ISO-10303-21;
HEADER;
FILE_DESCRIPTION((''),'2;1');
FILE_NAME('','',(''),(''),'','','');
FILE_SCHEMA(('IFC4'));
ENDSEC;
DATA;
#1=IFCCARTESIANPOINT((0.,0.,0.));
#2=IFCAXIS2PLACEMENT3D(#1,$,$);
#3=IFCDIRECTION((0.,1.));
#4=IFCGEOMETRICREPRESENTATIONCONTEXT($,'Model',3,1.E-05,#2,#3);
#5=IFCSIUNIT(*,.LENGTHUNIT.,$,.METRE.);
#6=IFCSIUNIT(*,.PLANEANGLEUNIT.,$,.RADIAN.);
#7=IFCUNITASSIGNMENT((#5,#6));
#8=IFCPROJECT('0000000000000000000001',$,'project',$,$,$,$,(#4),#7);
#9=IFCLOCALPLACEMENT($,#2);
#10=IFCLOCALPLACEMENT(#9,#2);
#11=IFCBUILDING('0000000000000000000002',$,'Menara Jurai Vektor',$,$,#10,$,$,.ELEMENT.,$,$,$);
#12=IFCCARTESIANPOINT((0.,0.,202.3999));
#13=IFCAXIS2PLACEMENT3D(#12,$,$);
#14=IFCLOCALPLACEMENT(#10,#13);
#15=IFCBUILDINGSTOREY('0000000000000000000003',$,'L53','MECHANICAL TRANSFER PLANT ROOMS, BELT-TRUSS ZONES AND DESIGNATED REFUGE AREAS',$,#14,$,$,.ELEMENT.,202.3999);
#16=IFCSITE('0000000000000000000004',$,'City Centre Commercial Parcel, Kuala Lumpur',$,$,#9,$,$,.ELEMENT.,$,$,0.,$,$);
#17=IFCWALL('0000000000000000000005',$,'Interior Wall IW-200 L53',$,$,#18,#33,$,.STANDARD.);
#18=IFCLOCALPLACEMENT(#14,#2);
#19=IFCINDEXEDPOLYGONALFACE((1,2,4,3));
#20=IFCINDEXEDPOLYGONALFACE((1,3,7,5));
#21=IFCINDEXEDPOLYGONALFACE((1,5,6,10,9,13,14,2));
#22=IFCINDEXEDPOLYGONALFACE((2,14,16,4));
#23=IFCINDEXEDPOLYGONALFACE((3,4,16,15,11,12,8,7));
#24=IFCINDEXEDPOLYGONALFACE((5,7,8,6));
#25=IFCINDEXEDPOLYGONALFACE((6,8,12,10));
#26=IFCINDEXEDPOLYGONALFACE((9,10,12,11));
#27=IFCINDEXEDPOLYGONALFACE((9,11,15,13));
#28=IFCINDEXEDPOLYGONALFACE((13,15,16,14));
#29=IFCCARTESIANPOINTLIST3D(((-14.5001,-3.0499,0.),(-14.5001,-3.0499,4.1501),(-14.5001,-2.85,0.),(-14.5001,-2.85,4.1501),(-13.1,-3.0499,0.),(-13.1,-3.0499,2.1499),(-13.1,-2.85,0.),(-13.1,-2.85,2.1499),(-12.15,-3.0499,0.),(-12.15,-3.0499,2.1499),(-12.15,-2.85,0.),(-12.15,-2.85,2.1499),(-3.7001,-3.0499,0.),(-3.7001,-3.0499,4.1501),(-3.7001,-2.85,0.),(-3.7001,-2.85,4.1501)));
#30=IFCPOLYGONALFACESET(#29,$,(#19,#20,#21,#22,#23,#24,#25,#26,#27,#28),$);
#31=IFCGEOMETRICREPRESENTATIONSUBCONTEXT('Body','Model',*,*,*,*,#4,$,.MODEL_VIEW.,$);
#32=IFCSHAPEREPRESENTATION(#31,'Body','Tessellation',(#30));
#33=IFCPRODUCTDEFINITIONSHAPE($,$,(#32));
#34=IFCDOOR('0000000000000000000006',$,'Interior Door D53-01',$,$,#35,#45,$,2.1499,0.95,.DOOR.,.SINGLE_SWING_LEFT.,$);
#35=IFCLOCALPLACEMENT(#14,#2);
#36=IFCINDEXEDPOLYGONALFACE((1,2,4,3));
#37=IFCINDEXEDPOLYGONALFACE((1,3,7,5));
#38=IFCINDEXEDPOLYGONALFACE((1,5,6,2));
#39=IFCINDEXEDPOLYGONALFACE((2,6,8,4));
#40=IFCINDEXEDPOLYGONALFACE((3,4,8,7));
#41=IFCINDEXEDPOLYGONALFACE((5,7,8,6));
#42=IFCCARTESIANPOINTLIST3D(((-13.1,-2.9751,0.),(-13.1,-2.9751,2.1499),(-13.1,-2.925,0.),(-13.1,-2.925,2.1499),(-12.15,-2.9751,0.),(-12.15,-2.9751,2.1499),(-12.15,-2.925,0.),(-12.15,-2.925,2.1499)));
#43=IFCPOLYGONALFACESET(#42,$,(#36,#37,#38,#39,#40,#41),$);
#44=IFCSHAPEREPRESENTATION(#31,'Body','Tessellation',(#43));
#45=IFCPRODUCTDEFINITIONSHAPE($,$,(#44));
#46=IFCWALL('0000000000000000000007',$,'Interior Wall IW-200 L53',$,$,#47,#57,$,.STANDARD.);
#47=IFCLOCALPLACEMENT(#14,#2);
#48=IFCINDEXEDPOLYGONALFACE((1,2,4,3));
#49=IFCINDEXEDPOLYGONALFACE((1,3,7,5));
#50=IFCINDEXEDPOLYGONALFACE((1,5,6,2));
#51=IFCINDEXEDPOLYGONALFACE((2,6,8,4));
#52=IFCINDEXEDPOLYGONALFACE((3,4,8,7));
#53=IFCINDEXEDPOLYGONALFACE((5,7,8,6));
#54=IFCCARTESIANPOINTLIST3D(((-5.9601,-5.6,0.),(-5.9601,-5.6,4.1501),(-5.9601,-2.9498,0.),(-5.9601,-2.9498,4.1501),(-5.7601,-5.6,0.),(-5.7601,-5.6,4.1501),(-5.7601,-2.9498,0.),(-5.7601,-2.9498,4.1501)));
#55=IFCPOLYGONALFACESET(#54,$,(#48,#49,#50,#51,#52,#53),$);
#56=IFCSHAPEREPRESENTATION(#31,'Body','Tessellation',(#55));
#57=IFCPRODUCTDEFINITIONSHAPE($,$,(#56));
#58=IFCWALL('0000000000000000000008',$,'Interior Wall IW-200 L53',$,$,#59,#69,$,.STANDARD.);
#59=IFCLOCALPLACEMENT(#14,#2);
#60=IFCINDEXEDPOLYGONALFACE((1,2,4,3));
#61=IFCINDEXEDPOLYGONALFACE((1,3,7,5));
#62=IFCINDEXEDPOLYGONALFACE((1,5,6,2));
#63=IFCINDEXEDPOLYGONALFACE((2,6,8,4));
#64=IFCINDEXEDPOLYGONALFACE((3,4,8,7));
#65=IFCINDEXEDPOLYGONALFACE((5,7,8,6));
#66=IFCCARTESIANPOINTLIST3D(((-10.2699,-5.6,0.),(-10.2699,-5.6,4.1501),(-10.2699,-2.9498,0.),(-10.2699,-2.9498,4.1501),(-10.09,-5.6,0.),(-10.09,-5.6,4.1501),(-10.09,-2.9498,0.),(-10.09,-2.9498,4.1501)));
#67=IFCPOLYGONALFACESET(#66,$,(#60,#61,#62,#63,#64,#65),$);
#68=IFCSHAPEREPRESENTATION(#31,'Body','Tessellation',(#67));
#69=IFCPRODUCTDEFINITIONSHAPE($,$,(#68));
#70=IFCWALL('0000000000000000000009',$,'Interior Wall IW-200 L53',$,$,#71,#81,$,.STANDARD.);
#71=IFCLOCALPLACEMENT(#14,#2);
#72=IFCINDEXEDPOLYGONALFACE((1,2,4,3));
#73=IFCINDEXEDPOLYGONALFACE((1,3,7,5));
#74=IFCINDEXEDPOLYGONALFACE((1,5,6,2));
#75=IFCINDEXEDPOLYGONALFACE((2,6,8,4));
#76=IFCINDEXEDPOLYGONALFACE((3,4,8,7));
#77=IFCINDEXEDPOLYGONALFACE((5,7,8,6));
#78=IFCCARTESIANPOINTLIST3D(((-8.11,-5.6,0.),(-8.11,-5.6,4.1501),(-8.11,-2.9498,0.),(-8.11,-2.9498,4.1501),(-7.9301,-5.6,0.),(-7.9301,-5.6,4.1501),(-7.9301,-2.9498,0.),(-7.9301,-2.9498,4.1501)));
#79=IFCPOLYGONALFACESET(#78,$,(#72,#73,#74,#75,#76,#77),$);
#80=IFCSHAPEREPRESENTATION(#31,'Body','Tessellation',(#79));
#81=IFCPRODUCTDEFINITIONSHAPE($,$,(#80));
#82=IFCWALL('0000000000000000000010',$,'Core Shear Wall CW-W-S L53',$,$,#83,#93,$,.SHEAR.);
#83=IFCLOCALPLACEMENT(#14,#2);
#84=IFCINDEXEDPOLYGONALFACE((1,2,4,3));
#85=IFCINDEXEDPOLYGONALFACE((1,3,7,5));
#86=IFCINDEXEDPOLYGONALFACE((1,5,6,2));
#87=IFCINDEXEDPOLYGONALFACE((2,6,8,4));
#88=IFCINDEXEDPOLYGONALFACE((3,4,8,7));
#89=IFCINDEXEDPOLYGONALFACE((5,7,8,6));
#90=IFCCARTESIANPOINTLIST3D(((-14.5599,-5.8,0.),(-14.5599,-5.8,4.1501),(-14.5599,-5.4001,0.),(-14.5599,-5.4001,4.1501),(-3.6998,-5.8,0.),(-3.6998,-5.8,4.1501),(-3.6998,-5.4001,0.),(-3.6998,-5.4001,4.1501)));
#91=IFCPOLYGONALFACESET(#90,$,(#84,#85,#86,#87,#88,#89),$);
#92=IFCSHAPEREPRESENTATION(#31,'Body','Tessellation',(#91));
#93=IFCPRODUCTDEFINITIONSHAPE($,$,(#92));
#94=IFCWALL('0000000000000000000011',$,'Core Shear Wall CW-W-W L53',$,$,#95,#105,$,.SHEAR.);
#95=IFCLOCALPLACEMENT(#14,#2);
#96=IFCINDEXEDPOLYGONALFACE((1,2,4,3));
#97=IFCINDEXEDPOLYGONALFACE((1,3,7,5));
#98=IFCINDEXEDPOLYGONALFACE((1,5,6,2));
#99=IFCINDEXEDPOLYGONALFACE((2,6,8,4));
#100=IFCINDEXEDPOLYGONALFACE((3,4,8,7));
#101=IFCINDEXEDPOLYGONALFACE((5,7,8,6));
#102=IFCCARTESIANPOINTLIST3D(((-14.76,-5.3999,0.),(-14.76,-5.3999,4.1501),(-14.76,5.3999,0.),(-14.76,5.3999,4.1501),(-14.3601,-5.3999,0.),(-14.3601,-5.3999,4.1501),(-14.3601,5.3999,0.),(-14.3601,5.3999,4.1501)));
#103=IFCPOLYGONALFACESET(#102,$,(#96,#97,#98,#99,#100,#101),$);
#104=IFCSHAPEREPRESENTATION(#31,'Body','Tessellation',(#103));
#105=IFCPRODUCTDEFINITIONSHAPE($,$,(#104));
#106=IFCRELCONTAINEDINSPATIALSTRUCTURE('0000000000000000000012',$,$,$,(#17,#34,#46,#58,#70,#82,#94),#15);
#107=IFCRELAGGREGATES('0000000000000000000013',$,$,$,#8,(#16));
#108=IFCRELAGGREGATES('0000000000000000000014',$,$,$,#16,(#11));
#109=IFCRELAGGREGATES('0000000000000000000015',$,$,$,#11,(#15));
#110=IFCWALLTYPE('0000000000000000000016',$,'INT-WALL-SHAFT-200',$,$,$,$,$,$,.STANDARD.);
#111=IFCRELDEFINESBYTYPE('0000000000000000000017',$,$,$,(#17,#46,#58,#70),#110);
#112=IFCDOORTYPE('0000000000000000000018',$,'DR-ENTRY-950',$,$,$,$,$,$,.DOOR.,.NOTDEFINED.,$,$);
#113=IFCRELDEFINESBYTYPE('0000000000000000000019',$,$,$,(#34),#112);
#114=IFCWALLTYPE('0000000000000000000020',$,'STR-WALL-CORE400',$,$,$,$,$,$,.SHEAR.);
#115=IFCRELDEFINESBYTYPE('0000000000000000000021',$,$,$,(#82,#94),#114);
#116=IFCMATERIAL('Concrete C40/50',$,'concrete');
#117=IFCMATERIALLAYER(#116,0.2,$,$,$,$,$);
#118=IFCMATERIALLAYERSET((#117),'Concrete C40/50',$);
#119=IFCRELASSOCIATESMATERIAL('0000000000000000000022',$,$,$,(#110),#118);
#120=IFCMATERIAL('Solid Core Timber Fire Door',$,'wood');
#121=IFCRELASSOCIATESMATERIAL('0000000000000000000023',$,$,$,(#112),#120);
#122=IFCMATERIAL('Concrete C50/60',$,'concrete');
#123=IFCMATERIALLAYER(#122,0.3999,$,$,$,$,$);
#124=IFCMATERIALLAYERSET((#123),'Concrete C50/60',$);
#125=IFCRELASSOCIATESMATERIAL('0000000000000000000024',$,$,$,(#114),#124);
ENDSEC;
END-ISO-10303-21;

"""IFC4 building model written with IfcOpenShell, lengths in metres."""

from ifc_helpers import new_model, si_unit, direction, frame, frame_2d, origin, place, context, subcontext, project, spatial, rectangle, extrude, material, layer, layer_set, type_object, element, fill, save


model = new_model("IFC4")

# Units and contexts
model_context = context("Model", 3, precision=1e-05, world=origin(), true_north=direction((0.0, 1.0)))
body_context = subcontext(model_context, "Body", "Model", "MODEL_VIEW")
ifc_project = project(units=[si_unit("LENGTHUNIT", "METRE"), si_unit("PLANEANGLEUNIT", "RADIAN")], contexts=[model_context])

# Site, building, storey
site_placement = place(None, origin())
site = spatial("IfcSite", under=ifc_project, at=site_placement, Name="City Centre Commercial Parcel, Kuala Lumpur", CompositionType="ELEMENT", RefElevation=0.0)
building_placement = place(site_placement, origin())
building = spatial("IfcBuilding", under=site, at=building_placement, Name="Menara Jurai Vektor", CompositionType="ELEMENT")
storey_placement = place(building_placement, frame((0.0, 0.0, 202.3999)))
storey = spatial("IfcBuildingStorey", under=building, at=storey_placement, Name="L53", Description="MECHANICAL TRANSFER PLANT ROOMS, BELT-TRUSS ZONES AND DESIGNATED REFUGE AREAS", CompositionType="ELEMENT", Elevation=202.3999)

# Shared definitions
ifc_material_1 = material(Name="Concrete C50/60", Category="concrete")

# Shared definitions
ifc_material_2 = material(Name="Concrete C40/50", Category="concrete")

# Shared definitions
ifc_layer_1 = layer(ifc_material_2, 0.2)
ifc_layer_set_1 = layer_set([ifc_layer_1], Name="Concrete C40/50")
wall_type_1 = type_object("IfcWallType", Name="INT-WALL-SHAFT-200", PredefinedType="STANDARD", material=ifc_layer_set_1)

# Wall, opening, door
wall_1_placement = place(storey_placement, frame((-14.5, -2.95, 0.0), z_axis=(0.0, 0.0, 1.0), x_axis=(1.0, 0.0, 0.0)))
wall_1 = element("IfcWall", 1, at=wall_1_placement, inside=storey, type_object=wall_type_1, Name="Interior Wall IW-200 L53", PredefinedType="STANDARD", context=body_context, shape_type="SweptSolid", body=[
    extrude(rectangle(XDim=10.8, YDim=0.2, at=frame_2d((5.3999, 0.0))), origin(), (0.0, 0.0, 1.0), 4.1501),
])
opening_1_placement = place(wall_1_placement, frame((1.3999, 0.0, 0.0)))
opening_1 = element("IfcOpeningElement", 2, at=opening_1_placement, cuts=wall_1, PredefinedType="OPENING", context=body_context, shape_type="SweptSolid", body=[
    extrude(rectangle(XDim=0.95, YDim=2.1499, at=frame_2d((0.4751, 1.075))), frame((0.0, 0.1099, 0.0), z_axis=(0.0, -1.0, 0.0), x_axis=(1.0, 0.0, 0.0)), (0.0, 0.0, 1.0), 0.22),
])
ifc_material_3 = material(Name="Solid Core Timber Fire Door", Category="wood")
door_type_1 = type_object("IfcDoorType", Name="DR-ENTRY-950", OperationType="NOTDEFINED", PredefinedType="DOOR", material=ifc_material_3)
door_1_placement = place(opening_1_placement, origin())
door_1 = element("IfcDoor", 3, at=door_1_placement, inside=storey, type_object=door_type_1, Name="Interior Door D53-01", OperationType="SINGLE_SWING_LEFT", OverallHeight=2.1499, OverallWidth=0.95, PredefinedType="DOOR", context=body_context, shape_type="SweptSolid", body=[
    extrude(rectangle(XDim=0.95, YDim=2.1499, at=frame_2d((0.4751, 1.075))), frame((0.0, 0.0249, 0.0), z_axis=(0.0, -1.0, 0.0), x_axis=(1.0, 0.0, 0.0)), (0.0, 0.0, 1.0), 0.05),
])
fill(opening_1, door_1)

# Walls
wall_2_placement = place(storey_placement, frame((-5.8601, -5.6001, 0.0), z_axis=(0.0, 0.0, 1.0), x_axis=(0.0, 1.0, 0.0)))
element("IfcWall", 4, at=wall_2_placement, inside=storey, type_object=wall_type_1, Name="Interior Wall IW-200 L53", PredefinedType="STANDARD", context=body_context, shape_type="SweptSolid", body=[
    extrude(rectangle(XDim=2.6501, YDim=0.2, at=frame_2d((1.3252, 0.0))), origin(), (0.0, 0.0, 1.0), 4.1501),
])
for number, where, z_axis, x_axis, name in (
    (5, (-10.1799, -5.6001, 0.0), (0.0, 0.0, 1.0), (0.0, 1.0, 0.0), "Interior Wall IW-200 L53"),
    (6, (-8.02, -5.6001, 0.0), (0.0, 0.0, 1.0), (0.0, 1.0, 0.0), "Interior Wall IW-200 L53"),
):
    element("IfcWall", number, at=place(storey_placement, frame(where, z_axis=z_axis, x_axis=x_axis)), inside=storey, type_object=wall_type_1, Name=name, PredefinedType="STANDARD", context=body_context, shape_type="SweptSolid", body=[
        extrude(rectangle(XDim=2.6501, YDim=0.1799, at=frame_2d((1.3252, 0.0))), origin(), (0.0, 0.0, 1.0), 4.1501),
    ])
ifc_layer_2 = layer(ifc_material_1, 0.3999)
ifc_layer_set_2 = layer_set([ifc_layer_2], Name="Concrete C50/60")
wall_type_2 = type_object("IfcWallType", Name="STR-WALL-CORE400", PredefinedType="SHEAR", material=ifc_layer_set_2)
wall_3_placement = place(storey_placement, frame((-14.5601, -5.6001, 0.0), z_axis=(0.0, 0.0, 1.0), x_axis=(1.0, 0.0, 0.0)))
element("IfcWall", 7, at=wall_3_placement, inside=storey, type_object=wall_type_2, Name="Core Shear Wall CW-W-S L53", PredefinedType="SHEAR", context=body_context, shape_type="SweptSolid", body=[
    extrude(rectangle(XDim=10.8601, YDim=0.3999, at=frame_2d((5.4302, 0.0))), origin(), (0.0, 0.0, 1.0), 4.1501),
])
wall_4_placement = place(storey_placement, frame((-14.5601, -5.3999, 0.0), z_axis=(0.0, 0.0, 1.0), x_axis=(0.0, 1.0, 0.0)))
element("IfcWall", 8, at=wall_4_placement, inside=storey, type_object=wall_type_2, Name="Core Shear Wall CW-W-W L53", PredefinedType="SHEAR", context=body_context, shape_type="SweptSolid", body=[
    extrude(rectangle(XDim=10.7998, YDim=0.3999, at=frame_2d((5.3999, 0.0))), origin(), (0.0, 0.0, 1.0), 4.1501),
])

save(model, "model.ifc")
